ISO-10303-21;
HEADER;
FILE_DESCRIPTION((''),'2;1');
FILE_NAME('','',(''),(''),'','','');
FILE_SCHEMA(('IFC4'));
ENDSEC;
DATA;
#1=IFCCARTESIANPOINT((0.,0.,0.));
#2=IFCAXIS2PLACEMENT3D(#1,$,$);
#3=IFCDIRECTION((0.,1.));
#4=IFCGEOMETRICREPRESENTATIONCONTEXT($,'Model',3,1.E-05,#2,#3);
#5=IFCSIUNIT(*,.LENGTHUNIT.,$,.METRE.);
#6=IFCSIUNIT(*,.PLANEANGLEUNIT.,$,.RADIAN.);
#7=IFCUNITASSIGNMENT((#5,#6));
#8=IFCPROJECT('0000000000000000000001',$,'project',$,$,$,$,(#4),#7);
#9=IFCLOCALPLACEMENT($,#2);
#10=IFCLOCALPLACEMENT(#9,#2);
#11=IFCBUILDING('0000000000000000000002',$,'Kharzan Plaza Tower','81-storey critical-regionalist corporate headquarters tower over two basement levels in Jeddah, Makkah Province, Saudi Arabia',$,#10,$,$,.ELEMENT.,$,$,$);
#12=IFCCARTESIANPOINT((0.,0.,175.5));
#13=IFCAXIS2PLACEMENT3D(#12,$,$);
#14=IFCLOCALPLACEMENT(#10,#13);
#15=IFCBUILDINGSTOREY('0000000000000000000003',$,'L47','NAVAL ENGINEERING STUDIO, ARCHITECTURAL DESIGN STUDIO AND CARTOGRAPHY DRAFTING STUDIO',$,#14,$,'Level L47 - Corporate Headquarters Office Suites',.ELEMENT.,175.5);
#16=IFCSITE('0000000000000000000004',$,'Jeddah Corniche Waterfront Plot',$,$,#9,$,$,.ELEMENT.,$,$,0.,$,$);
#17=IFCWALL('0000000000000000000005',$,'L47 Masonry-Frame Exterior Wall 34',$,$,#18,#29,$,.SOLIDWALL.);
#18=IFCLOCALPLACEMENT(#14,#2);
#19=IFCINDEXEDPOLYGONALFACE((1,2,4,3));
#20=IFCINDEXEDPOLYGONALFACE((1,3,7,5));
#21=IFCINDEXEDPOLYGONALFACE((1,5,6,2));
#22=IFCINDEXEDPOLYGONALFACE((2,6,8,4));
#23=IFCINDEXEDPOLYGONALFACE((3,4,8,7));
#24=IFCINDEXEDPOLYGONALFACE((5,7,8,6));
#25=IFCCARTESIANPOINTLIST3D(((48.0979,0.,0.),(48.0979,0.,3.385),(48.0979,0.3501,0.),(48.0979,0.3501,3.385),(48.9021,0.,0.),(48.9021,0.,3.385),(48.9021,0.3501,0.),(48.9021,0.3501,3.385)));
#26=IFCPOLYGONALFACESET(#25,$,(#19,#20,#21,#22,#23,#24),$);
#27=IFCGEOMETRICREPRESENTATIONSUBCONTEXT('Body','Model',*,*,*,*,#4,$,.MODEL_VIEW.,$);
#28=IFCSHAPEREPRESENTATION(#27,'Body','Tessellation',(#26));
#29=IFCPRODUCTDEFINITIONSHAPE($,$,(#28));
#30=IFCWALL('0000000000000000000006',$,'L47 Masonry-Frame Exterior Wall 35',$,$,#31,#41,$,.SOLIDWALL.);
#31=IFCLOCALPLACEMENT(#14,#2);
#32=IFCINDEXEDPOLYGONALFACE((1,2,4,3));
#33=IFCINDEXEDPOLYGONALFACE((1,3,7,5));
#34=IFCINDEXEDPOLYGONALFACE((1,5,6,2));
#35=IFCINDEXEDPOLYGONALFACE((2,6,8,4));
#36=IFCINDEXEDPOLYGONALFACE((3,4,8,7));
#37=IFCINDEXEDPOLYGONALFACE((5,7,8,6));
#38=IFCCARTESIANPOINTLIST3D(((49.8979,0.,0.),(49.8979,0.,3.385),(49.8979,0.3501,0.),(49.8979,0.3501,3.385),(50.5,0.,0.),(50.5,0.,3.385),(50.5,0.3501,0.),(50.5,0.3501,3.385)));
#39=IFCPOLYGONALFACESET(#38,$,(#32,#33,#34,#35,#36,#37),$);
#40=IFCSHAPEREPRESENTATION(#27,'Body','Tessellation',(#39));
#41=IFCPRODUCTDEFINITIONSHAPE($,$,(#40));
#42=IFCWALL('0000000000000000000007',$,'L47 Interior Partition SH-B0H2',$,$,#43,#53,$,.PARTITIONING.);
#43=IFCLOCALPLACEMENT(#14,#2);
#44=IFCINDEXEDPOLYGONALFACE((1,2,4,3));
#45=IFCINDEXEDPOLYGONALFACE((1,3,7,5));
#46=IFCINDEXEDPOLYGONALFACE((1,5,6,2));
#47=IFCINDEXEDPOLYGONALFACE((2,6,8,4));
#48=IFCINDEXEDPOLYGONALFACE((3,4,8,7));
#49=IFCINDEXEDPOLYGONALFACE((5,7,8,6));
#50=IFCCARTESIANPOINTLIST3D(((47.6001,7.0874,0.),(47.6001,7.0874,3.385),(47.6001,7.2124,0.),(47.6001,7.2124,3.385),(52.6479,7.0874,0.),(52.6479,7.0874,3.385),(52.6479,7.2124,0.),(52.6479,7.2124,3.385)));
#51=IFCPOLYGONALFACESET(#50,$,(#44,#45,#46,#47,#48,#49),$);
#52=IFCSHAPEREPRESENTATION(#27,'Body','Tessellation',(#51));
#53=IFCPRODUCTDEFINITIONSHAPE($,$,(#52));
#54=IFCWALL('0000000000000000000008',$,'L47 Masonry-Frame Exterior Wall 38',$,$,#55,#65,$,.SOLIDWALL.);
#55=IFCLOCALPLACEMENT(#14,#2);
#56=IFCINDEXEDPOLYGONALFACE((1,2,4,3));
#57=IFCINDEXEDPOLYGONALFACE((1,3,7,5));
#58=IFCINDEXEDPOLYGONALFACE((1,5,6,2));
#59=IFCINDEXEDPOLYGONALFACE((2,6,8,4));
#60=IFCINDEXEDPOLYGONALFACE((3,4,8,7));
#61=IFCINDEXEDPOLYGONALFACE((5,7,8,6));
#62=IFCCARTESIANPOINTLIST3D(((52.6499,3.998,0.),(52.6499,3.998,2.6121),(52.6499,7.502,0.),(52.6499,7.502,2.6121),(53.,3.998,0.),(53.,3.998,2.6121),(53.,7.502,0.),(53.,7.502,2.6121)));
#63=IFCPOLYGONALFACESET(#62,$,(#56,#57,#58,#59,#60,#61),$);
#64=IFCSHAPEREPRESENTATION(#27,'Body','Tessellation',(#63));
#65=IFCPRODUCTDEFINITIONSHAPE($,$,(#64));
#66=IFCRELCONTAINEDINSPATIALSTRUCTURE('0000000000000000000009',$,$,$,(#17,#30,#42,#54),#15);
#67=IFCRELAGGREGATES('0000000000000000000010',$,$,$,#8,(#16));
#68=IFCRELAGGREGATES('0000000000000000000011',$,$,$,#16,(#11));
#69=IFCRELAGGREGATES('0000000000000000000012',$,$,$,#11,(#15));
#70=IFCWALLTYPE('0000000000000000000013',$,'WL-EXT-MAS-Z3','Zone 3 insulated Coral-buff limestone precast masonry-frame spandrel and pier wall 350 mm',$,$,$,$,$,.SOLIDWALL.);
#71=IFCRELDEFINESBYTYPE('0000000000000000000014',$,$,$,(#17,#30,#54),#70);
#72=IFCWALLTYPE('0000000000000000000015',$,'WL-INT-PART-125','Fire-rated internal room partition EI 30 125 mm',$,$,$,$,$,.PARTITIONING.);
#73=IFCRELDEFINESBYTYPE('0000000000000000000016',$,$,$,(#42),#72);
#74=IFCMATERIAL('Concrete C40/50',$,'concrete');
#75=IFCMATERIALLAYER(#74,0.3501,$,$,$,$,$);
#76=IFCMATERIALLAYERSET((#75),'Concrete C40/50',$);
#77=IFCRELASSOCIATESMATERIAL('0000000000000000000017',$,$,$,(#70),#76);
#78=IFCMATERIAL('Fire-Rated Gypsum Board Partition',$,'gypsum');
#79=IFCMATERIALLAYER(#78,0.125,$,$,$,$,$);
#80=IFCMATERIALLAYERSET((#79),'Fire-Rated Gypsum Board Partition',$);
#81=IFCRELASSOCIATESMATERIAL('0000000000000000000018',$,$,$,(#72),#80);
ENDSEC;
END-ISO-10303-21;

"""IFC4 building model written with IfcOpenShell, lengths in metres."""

from ifc_helpers import new_model, si_unit, direction, frame, frame_2d, origin, place, context, subcontext, project, spatial, rectangle, extrude, source, transform, mapped, material, layer, layer_set, type_object, element, save


model = new_model("IFC4")

# Units and contexts
model_context = context("Model", 3, precision=1e-05, world=origin(), true_north=direction((0.0, 1.0)))
body_context = subcontext(model_context, "Body", "Model", "MODEL_VIEW")
ifc_project = project(units=[si_unit("LENGTHUNIT", "METRE"), si_unit("PLANEANGLEUNIT", "RADIAN")], contexts=[model_context])

# Site, building, storey
site_placement = place(None, origin())
site = spatial("IfcSite", under=ifc_project, at=site_placement, Name="Jeddah Corniche Waterfront Plot", CompositionType="ELEMENT", RefElevation=0.0)
building_placement = place(site_placement, origin())
building = spatial("IfcBuilding", under=site, at=building_placement, Name="Kharzan Plaza Tower", Description="81-storey critical-regionalist corporate headquarters tower over two basement levels in Jeddah, Makkah Province, Saudi Arabia", CompositionType="ELEMENT")
storey_placement = place(building_placement, frame((0.0, 0.0, 175.5)))
storey = spatial("IfcBuildingStorey", under=building, at=storey_placement, Name="L47", Description="NAVAL ENGINEERING STUDIO, ARCHITECTURAL DESIGN STUDIO AND CARTOGRAPHY DRAFTING STUDIO", LongName="Level L47 - Corporate Headquarters Office Suites", CompositionType="ELEMENT", Elevation=175.5)

# Shared definitions
ifc_material_1 = material(Name="Concrete C40/50", Category="concrete")
ifc_layer_1 = layer(ifc_material_1, 0.3501)
ifc_layer_set_1 = layer_set([ifc_layer_1], Name="Concrete C40/50")
wall_type_1 = type_object("IfcWallType", Name="WL-EXT-MAS-Z3", Description="Zone 3 insulated Coral-buff limestone precast masonry-frame spandrel and pier wall 350 mm", PredefinedType="SOLIDWALL", material=ifc_layer_set_1)

# Shared definitions
ifc_material_2 = material(Name="Fire-Rated Gypsum Board Partition", Category="gypsum")
ifc_layer_2 = layer(ifc_material_2, 0.125)
ifc_layer_set_2 = layer_set([ifc_layer_2], Name="Fire-Rated Gypsum Board Partition")
wall_type_2 = type_object("IfcWallType", Name="WL-INT-PART-125", Description="Fire-rated internal room partition EI 30 125 mm", PredefinedType="PARTITIONING", material=ifc_layer_set_2)

# Walls
shared_shape_1 = source(origin(), body_context, "Body", "SweptSolid", [
    extrude(rectangle(XDim=0.8042, YDim=0.3501, at=frame_2d((0.4021, 0.0))), origin(), (0.0, 0.0, 1.0), 3.385),
])
wall_1_placement = place(storey_placement, frame((48.0979, 0.175, 0.0), z_axis=(0.0, 0.0, 1.0), x_axis=(1.0, 0.0, 0.0)))
element("IfcWall", 1, at=wall_1_placement, inside=storey, type_object=wall_type_1, Name="L47 Masonry-Frame Exterior Wall 34", PredefinedType="SOLIDWALL", context=body_context, shape_type="MappedRepresentation", body=[
    mapped(shared_shape_1, transform((0.0, 0.0, 0.0), x_axis=(1.0, 0.0, 0.0), y_axis=(0.0, 1.0, 0.0), z_axis=(0.0, 0.0, 1.0))),
])
shared_shape_2 = source(origin(), body_context, "Body", "SweptSolid", [
    extrude(rectangle(XDim=0.6021, YDim=0.3501, at=frame_2d((0.301, 0.0))), origin(), (0.0, 0.0, 1.0), 3.385),
])
wall_2_placement = place(storey_placement, frame((49.8979, 0.175, 0.0), z_axis=(0.0, 0.0, 1.0), x_axis=(1.0, 0.0, 0.0)))
element("IfcWall", 2, at=wall_2_placement, inside=storey, type_object=wall_type_1, Name="L47 Masonry-Frame Exterior Wall 35", PredefinedType="SOLIDWALL", context=body_context, shape_type="MappedRepresentation", body=[
    mapped(shared_shape_2, transform((0.0, 0.0, 0.0), x_axis=(1.0, 0.0, 0.0), y_axis=(0.0, 1.0, 0.0), z_axis=(0.0, 0.0, 1.0))),
])
shared_shape_3 = source(origin(), body_context, "Body", "SweptSolid", [
    extrude(rectangle(XDim=5.0479, YDim=0.125, at=frame_2d((2.5239, 0.0))), origin(), (0.0, 0.0, 1.0), 3.385),
])
wall_3_placement = place(storey_placement, frame((47.6001, 7.1499, 0.0), z_axis=(0.0, 0.0, 1.0), x_axis=(1.0, 0.0, 0.0)))
element("IfcWall", 3, at=wall_3_placement, inside=storey, type_object=wall_type_2, Name="L47 Interior Partition SH-B0H2", PredefinedType="PARTITIONING", context=body_context, shape_type="MappedRepresentation", body=[
    mapped(shared_shape_3, transform((0.0, 0.0, 0.0), x_axis=(1.0, 0.0, 0.0), y_axis=(0.0, 1.0, 0.0), z_axis=(0.0, 0.0, 1.0))),
])
shared_shape_4 = source(origin(), body_context, "Body", "SweptSolid", [
    extrude(rectangle(XDim=3.5039, YDim=0.3501, at=frame_2d((1.752, 0.0))), origin(), (0.0, 0.0, 1.0), 2.6121),
])
wall_4_placement = place(storey_placement, frame((52.825, 3.998, 0.0), z_axis=(0.0, 0.0, 1.0), x_axis=(0.0, 1.0, 0.0)))
element("IfcWall", 4, at=wall_4_placement, inside=storey, type_object=wall_type_1, Name="L47 Masonry-Frame Exterior Wall 38", PredefinedType="SOLIDWALL", context=body_context, shape_type="MappedRepresentation", body=[
    mapped(shared_shape_4, transform((0.0, 0.0, 0.0), x_axis=(1.0, 0.0, 0.0), y_axis=(0.0, 1.0, 0.0), z_axis=(0.0, 0.0, 1.0))),
])

save(model, "model.ifc")
